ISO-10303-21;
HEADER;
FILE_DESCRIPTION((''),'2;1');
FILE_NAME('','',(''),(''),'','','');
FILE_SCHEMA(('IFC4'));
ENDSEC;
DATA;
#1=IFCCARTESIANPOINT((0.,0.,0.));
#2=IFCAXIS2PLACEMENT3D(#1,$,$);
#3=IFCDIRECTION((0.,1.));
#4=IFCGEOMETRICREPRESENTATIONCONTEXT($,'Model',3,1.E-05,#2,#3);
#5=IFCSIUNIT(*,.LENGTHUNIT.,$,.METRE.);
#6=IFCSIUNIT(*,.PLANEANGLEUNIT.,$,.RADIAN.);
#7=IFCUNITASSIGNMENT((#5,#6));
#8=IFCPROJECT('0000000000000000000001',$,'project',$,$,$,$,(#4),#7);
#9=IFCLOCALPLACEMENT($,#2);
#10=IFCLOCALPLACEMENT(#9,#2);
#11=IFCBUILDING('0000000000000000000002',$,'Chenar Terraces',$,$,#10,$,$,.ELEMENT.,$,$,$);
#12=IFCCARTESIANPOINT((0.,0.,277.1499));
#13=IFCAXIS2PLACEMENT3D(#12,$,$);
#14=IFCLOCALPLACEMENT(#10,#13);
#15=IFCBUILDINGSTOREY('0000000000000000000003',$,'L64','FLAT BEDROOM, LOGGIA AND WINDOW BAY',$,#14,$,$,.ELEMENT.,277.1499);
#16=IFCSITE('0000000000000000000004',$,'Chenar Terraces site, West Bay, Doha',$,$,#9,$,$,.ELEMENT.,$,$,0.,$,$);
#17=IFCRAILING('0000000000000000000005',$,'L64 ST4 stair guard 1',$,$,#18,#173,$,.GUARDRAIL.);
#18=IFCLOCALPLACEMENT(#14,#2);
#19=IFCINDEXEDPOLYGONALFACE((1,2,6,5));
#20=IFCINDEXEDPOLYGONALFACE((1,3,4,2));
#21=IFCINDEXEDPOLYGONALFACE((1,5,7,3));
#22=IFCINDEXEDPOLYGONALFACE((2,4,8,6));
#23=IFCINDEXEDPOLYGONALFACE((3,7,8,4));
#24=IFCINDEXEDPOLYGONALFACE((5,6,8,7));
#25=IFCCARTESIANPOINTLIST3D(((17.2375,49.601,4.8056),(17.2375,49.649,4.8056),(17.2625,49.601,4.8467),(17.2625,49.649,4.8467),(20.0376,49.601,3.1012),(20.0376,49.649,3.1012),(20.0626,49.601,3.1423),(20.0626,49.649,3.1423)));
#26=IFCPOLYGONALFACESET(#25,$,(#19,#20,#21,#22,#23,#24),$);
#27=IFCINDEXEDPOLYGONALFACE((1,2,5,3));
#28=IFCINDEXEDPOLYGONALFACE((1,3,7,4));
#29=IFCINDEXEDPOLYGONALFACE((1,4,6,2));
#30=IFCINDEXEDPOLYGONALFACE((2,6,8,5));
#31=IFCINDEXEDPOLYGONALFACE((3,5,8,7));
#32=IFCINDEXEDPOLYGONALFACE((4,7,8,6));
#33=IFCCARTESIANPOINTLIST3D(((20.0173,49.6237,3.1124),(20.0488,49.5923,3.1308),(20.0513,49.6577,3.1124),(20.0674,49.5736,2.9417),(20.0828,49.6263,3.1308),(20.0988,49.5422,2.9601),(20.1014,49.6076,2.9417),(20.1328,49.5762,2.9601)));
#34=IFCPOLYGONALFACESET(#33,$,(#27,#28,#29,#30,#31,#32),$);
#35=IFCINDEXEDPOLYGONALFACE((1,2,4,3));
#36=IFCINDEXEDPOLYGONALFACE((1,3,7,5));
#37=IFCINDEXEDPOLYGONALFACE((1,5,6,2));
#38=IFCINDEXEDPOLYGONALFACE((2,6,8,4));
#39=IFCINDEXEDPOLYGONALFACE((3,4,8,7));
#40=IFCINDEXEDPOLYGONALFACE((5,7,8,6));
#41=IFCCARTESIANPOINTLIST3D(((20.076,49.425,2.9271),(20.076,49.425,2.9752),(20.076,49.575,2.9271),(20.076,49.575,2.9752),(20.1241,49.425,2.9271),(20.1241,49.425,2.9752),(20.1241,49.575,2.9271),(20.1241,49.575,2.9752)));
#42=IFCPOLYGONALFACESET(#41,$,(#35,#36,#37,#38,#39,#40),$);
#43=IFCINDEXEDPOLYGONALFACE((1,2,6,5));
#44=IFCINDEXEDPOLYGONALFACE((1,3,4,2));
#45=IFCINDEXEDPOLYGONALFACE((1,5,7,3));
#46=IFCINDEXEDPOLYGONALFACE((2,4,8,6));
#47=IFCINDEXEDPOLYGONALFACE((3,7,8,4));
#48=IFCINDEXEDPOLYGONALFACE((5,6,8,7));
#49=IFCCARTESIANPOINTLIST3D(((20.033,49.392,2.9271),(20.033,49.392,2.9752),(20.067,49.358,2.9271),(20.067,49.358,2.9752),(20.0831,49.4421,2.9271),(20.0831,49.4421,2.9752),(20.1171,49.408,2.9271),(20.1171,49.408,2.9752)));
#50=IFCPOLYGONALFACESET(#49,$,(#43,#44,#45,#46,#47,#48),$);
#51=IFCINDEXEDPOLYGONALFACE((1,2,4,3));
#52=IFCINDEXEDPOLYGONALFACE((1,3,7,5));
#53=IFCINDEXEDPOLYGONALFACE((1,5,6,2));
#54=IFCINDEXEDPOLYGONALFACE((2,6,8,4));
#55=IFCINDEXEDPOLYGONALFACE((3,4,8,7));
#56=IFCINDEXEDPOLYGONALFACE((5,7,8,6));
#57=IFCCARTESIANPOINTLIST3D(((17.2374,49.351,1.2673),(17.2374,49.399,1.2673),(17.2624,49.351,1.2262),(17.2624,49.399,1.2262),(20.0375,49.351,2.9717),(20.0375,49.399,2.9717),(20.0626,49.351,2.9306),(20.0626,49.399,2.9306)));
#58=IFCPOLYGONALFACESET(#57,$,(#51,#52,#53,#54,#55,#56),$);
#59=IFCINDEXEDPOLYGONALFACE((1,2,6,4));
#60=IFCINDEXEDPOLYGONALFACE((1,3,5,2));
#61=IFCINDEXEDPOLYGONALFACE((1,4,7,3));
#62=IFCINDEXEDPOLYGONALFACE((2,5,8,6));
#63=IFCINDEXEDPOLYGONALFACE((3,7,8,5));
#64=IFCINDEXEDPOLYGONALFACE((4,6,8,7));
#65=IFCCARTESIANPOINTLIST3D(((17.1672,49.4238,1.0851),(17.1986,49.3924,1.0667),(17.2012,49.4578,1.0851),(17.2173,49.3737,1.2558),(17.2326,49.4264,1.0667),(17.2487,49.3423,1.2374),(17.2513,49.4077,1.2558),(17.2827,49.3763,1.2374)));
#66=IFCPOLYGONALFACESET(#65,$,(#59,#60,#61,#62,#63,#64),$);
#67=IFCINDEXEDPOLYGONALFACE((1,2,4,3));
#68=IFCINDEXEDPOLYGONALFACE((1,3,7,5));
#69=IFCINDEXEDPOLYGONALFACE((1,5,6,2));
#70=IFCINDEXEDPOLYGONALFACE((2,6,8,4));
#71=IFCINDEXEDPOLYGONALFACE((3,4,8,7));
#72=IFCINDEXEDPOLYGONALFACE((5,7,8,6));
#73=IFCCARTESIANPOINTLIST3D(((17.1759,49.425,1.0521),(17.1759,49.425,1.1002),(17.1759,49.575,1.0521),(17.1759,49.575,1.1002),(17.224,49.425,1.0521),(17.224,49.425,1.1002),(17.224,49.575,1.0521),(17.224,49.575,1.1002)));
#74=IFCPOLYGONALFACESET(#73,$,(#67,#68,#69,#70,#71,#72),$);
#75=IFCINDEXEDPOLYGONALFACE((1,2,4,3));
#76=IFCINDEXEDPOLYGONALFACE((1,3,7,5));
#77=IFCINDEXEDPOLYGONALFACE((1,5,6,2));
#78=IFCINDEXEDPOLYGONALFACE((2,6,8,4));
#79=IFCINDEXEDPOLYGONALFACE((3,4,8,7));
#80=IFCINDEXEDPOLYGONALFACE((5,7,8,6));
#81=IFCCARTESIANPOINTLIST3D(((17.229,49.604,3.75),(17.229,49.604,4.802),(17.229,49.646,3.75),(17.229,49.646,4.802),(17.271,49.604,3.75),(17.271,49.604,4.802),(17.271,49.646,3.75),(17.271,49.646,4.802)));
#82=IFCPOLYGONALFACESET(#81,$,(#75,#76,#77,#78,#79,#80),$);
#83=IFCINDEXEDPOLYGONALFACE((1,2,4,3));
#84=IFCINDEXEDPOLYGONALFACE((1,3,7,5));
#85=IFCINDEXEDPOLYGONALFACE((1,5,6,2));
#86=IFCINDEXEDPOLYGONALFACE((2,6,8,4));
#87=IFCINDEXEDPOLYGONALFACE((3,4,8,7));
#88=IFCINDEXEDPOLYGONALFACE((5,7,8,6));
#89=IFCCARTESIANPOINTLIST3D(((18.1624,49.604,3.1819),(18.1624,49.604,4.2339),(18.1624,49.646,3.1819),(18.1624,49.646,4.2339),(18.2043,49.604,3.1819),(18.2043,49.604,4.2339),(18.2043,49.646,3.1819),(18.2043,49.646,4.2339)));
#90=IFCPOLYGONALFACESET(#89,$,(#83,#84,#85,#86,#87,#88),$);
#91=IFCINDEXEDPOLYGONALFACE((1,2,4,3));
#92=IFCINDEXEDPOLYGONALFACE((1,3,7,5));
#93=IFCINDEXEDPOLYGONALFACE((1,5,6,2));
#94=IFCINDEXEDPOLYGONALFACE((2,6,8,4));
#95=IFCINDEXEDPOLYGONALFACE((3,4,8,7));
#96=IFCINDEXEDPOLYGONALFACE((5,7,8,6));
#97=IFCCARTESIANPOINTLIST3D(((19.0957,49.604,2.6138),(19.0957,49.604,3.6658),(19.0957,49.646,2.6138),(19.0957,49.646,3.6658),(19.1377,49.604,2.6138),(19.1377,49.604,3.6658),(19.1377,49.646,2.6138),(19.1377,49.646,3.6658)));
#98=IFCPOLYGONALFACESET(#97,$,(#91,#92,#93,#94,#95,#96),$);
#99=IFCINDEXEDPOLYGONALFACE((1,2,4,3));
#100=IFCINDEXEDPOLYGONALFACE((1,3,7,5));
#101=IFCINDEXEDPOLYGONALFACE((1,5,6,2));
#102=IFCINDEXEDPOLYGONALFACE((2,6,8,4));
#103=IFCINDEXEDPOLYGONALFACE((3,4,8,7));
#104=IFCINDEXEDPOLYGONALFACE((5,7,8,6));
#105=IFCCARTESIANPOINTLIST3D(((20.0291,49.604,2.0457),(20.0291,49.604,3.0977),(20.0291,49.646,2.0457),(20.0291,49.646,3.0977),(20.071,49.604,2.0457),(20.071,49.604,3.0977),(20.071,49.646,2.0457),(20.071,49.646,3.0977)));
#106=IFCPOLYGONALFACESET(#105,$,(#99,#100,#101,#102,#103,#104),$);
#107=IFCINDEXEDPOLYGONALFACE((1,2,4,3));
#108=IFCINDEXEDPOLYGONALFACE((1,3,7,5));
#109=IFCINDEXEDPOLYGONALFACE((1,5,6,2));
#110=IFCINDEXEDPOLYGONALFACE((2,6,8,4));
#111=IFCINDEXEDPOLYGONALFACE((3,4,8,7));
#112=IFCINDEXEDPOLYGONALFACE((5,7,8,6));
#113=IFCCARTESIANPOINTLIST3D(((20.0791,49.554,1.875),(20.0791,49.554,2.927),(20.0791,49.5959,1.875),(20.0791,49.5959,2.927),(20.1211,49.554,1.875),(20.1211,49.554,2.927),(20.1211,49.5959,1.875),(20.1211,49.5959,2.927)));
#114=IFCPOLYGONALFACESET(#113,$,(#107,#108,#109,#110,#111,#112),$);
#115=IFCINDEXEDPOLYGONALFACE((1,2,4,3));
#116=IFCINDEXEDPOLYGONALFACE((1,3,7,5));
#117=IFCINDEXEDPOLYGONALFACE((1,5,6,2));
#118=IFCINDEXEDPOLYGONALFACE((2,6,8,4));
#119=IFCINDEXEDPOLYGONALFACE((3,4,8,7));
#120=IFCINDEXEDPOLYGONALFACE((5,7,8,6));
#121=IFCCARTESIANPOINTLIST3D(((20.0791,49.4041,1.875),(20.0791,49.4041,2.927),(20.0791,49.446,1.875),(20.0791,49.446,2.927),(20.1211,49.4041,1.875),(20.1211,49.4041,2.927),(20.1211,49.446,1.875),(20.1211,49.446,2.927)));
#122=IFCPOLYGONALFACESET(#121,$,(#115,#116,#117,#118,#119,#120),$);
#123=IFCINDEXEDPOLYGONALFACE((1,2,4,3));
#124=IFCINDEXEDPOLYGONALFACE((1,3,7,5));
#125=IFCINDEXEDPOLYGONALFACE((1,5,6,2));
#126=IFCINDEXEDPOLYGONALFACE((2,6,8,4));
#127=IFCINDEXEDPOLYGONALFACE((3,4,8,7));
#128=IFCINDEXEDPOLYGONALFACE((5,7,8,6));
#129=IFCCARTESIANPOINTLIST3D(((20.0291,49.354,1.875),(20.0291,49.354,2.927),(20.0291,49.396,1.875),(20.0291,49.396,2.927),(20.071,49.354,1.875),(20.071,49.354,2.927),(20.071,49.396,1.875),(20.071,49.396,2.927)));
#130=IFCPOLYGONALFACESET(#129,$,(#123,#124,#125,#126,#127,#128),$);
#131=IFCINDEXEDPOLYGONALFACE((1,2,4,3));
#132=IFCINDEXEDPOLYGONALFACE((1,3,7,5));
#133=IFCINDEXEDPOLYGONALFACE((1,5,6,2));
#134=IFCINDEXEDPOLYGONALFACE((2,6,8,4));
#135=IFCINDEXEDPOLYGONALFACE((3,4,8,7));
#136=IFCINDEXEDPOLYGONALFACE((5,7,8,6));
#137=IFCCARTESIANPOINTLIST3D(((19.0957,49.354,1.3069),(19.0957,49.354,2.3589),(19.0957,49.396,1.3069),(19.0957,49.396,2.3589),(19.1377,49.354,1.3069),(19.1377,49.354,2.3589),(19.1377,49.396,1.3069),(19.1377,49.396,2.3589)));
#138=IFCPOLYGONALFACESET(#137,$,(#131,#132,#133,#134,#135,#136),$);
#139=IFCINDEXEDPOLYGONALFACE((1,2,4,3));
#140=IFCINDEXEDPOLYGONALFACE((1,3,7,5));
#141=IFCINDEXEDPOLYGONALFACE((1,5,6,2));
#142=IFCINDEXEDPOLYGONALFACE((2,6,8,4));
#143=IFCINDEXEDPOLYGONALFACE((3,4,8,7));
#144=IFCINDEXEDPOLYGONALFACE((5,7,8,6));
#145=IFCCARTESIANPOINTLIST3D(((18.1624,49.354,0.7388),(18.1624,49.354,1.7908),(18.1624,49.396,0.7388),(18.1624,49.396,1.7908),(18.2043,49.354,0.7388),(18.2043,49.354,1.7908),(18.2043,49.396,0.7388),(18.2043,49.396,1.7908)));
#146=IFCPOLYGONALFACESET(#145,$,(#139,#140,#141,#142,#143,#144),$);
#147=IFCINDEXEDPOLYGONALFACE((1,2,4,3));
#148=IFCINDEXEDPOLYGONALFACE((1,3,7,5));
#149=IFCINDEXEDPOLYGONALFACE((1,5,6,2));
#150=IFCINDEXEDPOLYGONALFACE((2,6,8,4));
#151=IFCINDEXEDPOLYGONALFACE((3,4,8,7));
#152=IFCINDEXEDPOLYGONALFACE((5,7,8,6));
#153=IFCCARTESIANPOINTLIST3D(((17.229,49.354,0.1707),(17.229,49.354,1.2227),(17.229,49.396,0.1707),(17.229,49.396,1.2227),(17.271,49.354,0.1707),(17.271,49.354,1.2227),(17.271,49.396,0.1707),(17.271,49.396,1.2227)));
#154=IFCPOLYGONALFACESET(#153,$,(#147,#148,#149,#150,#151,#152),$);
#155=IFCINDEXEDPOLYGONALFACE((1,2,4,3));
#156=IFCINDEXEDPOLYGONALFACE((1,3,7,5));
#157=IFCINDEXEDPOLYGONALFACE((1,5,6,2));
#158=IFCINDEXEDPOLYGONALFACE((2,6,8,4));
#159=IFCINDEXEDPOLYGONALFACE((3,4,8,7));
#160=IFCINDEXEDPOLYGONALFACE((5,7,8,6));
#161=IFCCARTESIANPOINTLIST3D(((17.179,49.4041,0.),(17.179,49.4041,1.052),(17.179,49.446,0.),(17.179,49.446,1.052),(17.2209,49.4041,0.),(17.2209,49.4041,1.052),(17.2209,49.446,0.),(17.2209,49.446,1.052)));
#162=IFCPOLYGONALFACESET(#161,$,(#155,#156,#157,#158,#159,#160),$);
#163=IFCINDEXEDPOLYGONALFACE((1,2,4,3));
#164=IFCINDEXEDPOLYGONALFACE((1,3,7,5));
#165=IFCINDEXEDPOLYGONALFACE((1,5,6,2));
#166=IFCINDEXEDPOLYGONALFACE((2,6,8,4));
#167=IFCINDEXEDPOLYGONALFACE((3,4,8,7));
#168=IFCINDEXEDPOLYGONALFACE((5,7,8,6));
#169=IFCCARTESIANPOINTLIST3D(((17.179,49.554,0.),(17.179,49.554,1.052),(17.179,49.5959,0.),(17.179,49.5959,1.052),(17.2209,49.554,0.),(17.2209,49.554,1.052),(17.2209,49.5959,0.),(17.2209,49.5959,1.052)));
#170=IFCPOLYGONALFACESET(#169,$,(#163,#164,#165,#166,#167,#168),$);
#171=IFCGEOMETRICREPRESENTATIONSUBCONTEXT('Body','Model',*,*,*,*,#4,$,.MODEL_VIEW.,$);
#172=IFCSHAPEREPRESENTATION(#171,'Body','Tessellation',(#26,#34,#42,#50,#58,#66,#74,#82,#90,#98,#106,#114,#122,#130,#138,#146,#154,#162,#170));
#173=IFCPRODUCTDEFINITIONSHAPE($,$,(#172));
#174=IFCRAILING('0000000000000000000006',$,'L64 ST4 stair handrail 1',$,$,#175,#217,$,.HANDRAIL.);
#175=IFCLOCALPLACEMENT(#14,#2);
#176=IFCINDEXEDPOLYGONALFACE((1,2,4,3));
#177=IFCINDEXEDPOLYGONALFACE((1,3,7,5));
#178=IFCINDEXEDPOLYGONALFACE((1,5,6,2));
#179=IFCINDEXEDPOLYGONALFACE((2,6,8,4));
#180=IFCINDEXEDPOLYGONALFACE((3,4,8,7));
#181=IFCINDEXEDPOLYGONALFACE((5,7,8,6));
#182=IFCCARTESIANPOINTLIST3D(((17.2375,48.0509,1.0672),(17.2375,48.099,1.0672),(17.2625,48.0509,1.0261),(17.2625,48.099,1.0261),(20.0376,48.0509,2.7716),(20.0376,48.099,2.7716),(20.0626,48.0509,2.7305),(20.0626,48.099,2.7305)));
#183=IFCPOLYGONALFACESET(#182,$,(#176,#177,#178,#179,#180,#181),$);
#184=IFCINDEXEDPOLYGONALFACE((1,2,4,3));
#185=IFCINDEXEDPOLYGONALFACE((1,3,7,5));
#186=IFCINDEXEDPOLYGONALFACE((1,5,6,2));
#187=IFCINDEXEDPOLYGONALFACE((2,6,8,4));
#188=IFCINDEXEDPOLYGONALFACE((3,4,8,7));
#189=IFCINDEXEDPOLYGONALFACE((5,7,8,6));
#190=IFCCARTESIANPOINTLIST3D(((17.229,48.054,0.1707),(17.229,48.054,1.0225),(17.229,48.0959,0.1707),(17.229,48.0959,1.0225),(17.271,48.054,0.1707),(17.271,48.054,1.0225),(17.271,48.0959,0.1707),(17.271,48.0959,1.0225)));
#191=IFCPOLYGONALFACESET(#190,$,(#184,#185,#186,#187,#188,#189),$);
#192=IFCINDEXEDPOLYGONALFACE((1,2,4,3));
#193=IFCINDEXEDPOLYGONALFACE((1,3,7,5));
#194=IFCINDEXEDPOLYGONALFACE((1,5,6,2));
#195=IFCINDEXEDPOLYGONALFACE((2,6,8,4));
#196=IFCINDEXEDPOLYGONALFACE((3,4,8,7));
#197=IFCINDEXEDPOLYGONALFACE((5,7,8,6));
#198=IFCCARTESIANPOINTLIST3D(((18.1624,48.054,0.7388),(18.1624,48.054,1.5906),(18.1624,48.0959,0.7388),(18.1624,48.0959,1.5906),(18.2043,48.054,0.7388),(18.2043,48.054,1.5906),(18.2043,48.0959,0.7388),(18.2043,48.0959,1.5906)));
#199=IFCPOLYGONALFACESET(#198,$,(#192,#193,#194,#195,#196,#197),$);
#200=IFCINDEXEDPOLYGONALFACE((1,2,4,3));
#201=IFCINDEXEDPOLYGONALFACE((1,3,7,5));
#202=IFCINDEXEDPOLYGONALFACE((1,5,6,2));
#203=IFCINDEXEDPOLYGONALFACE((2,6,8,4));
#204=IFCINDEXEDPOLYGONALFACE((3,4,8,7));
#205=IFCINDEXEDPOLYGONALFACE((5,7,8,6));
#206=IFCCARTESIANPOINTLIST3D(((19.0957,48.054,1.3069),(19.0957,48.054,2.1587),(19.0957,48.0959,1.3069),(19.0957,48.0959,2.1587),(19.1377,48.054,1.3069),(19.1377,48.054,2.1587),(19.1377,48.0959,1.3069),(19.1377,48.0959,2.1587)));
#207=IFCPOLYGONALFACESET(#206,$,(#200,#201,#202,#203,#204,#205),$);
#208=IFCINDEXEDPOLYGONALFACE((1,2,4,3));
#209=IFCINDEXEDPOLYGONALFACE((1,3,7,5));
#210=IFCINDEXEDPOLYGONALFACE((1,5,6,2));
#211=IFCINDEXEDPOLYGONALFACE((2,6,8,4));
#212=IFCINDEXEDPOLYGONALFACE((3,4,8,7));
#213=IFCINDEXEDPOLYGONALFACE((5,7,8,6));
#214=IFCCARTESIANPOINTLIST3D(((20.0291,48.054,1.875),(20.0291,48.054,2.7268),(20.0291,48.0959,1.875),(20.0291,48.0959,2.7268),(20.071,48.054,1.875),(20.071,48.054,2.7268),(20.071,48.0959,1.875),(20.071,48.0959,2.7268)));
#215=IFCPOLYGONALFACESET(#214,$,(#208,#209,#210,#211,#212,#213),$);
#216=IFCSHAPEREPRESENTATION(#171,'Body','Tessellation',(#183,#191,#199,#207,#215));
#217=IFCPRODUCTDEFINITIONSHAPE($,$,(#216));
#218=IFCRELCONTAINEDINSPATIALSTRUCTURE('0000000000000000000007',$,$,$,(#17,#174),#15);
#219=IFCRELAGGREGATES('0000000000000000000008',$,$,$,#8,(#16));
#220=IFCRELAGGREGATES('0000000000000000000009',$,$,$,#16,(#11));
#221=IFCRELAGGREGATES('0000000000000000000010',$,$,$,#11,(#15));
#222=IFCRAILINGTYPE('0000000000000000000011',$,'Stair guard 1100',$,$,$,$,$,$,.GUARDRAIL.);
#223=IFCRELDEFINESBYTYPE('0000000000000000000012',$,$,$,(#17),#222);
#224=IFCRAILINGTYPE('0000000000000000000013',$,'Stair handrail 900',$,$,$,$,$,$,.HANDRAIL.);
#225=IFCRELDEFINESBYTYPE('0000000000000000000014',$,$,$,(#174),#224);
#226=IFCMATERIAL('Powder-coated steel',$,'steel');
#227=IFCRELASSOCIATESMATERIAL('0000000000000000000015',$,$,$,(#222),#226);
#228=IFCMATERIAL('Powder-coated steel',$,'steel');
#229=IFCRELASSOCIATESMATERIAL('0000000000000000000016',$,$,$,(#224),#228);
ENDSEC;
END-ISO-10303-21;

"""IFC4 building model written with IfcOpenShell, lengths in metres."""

from ifc_helpers import new_model, si_unit, direction, frame, origin, origin_2d, place, context, subcontext, project, spatial, rectangle, extrude, material, type_object, element, save


model = new_model("IFC4")

# Units and contexts
model_context = context("Model", 3, precision=1e-05, world=origin(), true_north=direction((0.0, 1.0)))
body_context = subcontext(model_context, "Body", "Model", "MODEL_VIEW")
ifc_project = project(units=[si_unit("LENGTHUNIT", "METRE"), si_unit("PLANEANGLEUNIT", "RADIAN")], contexts=[model_context])

# Site, building, storey
site_placement = place(None, origin())
site = spatial("IfcSite", under=ifc_project, at=site_placement, Name="Chenar Terraces site, West Bay, Doha", CompositionType="ELEMENT", RefElevation=0.0)
building_placement = place(site_placement, origin())
building = spatial("IfcBuilding", under=site, at=building_placement, Name="Chenar Terraces", CompositionType="ELEMENT")
storey_placement = place(building_placement, frame((0.0, 0.0, 277.1499)))
storey = spatial("IfcBuildingStorey", under=building, at=storey_placement, Name="L64", Description="FLAT BEDROOM, LOGGIA AND WINDOW BAY", CompositionType="ELEMENT", Elevation=277.1499)

# Railings
ifc_material_1 = material(Name="Powder-coated steel", Category="steel")
railing_type_1 = type_object("IfcRailingType", Name="Stair guard 1100", PredefinedType="GUARDRAIL", material=ifc_material_1)
railing_1_placement = place(storey_placement, frame((17.25, 49.625, 3.75)))
element("IfcRailing", 1, at=railing_1_placement, inside=storey, type_object=railing_type_1, Name="L64 ST4 stair guard 1", PredefinedType="GUARDRAIL", context=body_context, shape_type="SweptSolid", body=[
    extrude(rectangle(XDim=0.0481, YDim=0.0481, at=origin_2d()), frame((0.0, 0.0, 1.0762), z_axis=(0.854203, 0.0, -0.51994), x_axis=(0.0, 1.0, 0.0)), (0.0, 0.0, 1.0), 3.2781),
    extrude(rectangle(XDim=0.0481, YDim=0.0481, at=origin_2d()), frame((2.8, 0.0, -0.6284), z_axis=(0.2709, -0.2709, -0.923703), x_axis=(0.707107, 0.707107, 0.0)), (0.0, 0.0, 1.0), 0.1848),
    extrude(rectangle(XDim=0.0481, YDim=0.0481, at=origin_2d()), frame((2.8501, -0.05, -0.7988), z_axis=(0.0, -1.0, 0.0), x_axis=(1.0, 0.0, 0.0)), (0.0, 0.0, 1.0), 0.1499),
    extrude(rectangle(XDim=0.0481, YDim=0.0481, at=origin_2d()), frame((2.8501, -0.2, -0.7988), z_axis=(-0.707107, -0.707107, 0.0), x_axis=(0.707107, -0.707107, 0.0)), (0.0, 0.0, 1.0), 0.0708),
    extrude(rectangle(XDim=0.0481, YDim=0.0481, at=origin_2d()), frame((2.8, -0.25, -0.7988), z_axis=(-0.854203, 0.0, -0.51994), x_axis=(0.0, -1.0, 0.0)), (0.0, 0.0, 1.0), 3.2781),
    extrude(rectangle(XDim=0.0481, YDim=0.0481, at=origin_2d()), frame((0.0, -0.25, -2.5034), z_axis=(-0.2709, 0.2709, -0.923703), x_axis=(-0.707107, -0.707107, 0.0)), (0.0, 0.0, 1.0), 0.1848),
    extrude(rectangle(XDim=0.0481, YDim=0.0481, at=origin_2d()), frame((-0.05, -0.2, -2.6738), z_axis=(0.0, 1.0, 0.0), x_axis=(-1.0, 0.0, 0.0)), (0.0, 0.0, 1.0), 0.1499),
    extrude(rectangle(XDim=0.042, YDim=0.042, at=origin_2d()), origin(), (0.0, 0.0, 1.0), 1.052),
    extrude(rectangle(XDim=0.042, YDim=0.042, at=origin_2d()), frame((0.9333, 0.0, -0.5681)), (0.0, 0.0, 1.0), 1.052),
    extrude(rectangle(XDim=0.042, YDim=0.042, at=origin_2d()), frame((1.8667, 0.0, -1.1362)), (0.0, 0.0, 1.0), 1.052),
    extrude(rectangle(XDim=0.042, YDim=0.042, at=origin_2d()), frame((2.8, 0.0, -1.7043)), (0.0, 0.0, 1.0), 1.052),
    extrude(rectangle(XDim=0.042, YDim=0.042, at=origin_2d()), frame((2.8501, -0.05, -1.875)), (0.0, 0.0, 1.0), 1.052),
    extrude(rectangle(XDim=0.042, YDim=0.042, at=origin_2d()), frame((2.8501, -0.2, -1.875)), (0.0, 0.0, 1.0), 1.052),
    extrude(rectangle(XDim=0.042, YDim=0.042, at=origin_2d()), frame((2.8, -0.25, -1.875)), (0.0, 0.0, 1.0), 1.052),
    extrude(rectangle(XDim=0.042, YDim=0.042, at=origin_2d()), frame((1.8667, -0.25, -2.4431)), (0.0, 0.0, 1.0), 1.052),
    extrude(rectangle(XDim=0.042, YDim=0.042, at=origin_2d()), frame((0.9333, -0.25, -3.0112)), (0.0, 0.0, 1.0), 1.052),
    extrude(rectangle(XDim=0.042, YDim=0.042, at=origin_2d()), frame((0.0, -0.25, -3.5793)), (0.0, 0.0, 1.0), 1.052),
    extrude(rectangle(XDim=0.042, YDim=0.042, at=origin_2d()), frame((-0.05, -0.2, -3.75)), (0.0, 0.0, 1.0), 1.052),
    extrude(rectangle(XDim=0.042, YDim=0.042, at=origin_2d()), frame((-0.05, -0.05, -3.75)), (0.0, 0.0, 1.0), 1.052),
])
ifc_material_2 = material(Name="Powder-coated steel", Category="steel")
railing_type_2 = type_object("IfcRailingType", Name="Stair handrail 900", PredefinedType="HANDRAIL", material=ifc_material_2)
railing_2_placement = place(storey_placement, frame((17.25, 48.075, 0.1707)))
element("IfcRailing", 2, at=railing_2_placement, inside=storey, type_object=railing_type_2, Name="L64 ST4 stair handrail 1", PredefinedType="HANDRAIL", context=body_context, shape_type="SweptSolid", body=[
    extrude(rectangle(XDim=0.0481, YDim=0.0481, at=origin_2d()), frame((0.0, 0.0, 0.876), z_axis=(0.854203, 0.0, 0.51994), x_axis=(0.0, 1.0, 0.0)), (0.0, 0.0, 1.0), 3.2781),
    extrude(rectangle(XDim=0.042, YDim=0.042, at=origin_2d()), origin(), (0.0, 0.0, 1.0), 0.8518),
    extrude(rectangle(XDim=0.042, YDim=0.042, at=origin_2d()), frame((0.9333, 0.0, 0.5681)), (0.0, 0.0, 1.0), 0.8518),
    extrude(rectangle(XDim=0.042, YDim=0.042, at=origin_2d()), frame((1.8667, 0.0, 1.1362)), (0.0, 0.0, 1.0), 0.8518),
    extrude(rectangle(XDim=0.042, YDim=0.042, at=origin_2d()), frame((2.8, 0.0, 1.7043)), (0.0, 0.0, 1.0), 0.8518),
])

save(model, "model.ifc")
